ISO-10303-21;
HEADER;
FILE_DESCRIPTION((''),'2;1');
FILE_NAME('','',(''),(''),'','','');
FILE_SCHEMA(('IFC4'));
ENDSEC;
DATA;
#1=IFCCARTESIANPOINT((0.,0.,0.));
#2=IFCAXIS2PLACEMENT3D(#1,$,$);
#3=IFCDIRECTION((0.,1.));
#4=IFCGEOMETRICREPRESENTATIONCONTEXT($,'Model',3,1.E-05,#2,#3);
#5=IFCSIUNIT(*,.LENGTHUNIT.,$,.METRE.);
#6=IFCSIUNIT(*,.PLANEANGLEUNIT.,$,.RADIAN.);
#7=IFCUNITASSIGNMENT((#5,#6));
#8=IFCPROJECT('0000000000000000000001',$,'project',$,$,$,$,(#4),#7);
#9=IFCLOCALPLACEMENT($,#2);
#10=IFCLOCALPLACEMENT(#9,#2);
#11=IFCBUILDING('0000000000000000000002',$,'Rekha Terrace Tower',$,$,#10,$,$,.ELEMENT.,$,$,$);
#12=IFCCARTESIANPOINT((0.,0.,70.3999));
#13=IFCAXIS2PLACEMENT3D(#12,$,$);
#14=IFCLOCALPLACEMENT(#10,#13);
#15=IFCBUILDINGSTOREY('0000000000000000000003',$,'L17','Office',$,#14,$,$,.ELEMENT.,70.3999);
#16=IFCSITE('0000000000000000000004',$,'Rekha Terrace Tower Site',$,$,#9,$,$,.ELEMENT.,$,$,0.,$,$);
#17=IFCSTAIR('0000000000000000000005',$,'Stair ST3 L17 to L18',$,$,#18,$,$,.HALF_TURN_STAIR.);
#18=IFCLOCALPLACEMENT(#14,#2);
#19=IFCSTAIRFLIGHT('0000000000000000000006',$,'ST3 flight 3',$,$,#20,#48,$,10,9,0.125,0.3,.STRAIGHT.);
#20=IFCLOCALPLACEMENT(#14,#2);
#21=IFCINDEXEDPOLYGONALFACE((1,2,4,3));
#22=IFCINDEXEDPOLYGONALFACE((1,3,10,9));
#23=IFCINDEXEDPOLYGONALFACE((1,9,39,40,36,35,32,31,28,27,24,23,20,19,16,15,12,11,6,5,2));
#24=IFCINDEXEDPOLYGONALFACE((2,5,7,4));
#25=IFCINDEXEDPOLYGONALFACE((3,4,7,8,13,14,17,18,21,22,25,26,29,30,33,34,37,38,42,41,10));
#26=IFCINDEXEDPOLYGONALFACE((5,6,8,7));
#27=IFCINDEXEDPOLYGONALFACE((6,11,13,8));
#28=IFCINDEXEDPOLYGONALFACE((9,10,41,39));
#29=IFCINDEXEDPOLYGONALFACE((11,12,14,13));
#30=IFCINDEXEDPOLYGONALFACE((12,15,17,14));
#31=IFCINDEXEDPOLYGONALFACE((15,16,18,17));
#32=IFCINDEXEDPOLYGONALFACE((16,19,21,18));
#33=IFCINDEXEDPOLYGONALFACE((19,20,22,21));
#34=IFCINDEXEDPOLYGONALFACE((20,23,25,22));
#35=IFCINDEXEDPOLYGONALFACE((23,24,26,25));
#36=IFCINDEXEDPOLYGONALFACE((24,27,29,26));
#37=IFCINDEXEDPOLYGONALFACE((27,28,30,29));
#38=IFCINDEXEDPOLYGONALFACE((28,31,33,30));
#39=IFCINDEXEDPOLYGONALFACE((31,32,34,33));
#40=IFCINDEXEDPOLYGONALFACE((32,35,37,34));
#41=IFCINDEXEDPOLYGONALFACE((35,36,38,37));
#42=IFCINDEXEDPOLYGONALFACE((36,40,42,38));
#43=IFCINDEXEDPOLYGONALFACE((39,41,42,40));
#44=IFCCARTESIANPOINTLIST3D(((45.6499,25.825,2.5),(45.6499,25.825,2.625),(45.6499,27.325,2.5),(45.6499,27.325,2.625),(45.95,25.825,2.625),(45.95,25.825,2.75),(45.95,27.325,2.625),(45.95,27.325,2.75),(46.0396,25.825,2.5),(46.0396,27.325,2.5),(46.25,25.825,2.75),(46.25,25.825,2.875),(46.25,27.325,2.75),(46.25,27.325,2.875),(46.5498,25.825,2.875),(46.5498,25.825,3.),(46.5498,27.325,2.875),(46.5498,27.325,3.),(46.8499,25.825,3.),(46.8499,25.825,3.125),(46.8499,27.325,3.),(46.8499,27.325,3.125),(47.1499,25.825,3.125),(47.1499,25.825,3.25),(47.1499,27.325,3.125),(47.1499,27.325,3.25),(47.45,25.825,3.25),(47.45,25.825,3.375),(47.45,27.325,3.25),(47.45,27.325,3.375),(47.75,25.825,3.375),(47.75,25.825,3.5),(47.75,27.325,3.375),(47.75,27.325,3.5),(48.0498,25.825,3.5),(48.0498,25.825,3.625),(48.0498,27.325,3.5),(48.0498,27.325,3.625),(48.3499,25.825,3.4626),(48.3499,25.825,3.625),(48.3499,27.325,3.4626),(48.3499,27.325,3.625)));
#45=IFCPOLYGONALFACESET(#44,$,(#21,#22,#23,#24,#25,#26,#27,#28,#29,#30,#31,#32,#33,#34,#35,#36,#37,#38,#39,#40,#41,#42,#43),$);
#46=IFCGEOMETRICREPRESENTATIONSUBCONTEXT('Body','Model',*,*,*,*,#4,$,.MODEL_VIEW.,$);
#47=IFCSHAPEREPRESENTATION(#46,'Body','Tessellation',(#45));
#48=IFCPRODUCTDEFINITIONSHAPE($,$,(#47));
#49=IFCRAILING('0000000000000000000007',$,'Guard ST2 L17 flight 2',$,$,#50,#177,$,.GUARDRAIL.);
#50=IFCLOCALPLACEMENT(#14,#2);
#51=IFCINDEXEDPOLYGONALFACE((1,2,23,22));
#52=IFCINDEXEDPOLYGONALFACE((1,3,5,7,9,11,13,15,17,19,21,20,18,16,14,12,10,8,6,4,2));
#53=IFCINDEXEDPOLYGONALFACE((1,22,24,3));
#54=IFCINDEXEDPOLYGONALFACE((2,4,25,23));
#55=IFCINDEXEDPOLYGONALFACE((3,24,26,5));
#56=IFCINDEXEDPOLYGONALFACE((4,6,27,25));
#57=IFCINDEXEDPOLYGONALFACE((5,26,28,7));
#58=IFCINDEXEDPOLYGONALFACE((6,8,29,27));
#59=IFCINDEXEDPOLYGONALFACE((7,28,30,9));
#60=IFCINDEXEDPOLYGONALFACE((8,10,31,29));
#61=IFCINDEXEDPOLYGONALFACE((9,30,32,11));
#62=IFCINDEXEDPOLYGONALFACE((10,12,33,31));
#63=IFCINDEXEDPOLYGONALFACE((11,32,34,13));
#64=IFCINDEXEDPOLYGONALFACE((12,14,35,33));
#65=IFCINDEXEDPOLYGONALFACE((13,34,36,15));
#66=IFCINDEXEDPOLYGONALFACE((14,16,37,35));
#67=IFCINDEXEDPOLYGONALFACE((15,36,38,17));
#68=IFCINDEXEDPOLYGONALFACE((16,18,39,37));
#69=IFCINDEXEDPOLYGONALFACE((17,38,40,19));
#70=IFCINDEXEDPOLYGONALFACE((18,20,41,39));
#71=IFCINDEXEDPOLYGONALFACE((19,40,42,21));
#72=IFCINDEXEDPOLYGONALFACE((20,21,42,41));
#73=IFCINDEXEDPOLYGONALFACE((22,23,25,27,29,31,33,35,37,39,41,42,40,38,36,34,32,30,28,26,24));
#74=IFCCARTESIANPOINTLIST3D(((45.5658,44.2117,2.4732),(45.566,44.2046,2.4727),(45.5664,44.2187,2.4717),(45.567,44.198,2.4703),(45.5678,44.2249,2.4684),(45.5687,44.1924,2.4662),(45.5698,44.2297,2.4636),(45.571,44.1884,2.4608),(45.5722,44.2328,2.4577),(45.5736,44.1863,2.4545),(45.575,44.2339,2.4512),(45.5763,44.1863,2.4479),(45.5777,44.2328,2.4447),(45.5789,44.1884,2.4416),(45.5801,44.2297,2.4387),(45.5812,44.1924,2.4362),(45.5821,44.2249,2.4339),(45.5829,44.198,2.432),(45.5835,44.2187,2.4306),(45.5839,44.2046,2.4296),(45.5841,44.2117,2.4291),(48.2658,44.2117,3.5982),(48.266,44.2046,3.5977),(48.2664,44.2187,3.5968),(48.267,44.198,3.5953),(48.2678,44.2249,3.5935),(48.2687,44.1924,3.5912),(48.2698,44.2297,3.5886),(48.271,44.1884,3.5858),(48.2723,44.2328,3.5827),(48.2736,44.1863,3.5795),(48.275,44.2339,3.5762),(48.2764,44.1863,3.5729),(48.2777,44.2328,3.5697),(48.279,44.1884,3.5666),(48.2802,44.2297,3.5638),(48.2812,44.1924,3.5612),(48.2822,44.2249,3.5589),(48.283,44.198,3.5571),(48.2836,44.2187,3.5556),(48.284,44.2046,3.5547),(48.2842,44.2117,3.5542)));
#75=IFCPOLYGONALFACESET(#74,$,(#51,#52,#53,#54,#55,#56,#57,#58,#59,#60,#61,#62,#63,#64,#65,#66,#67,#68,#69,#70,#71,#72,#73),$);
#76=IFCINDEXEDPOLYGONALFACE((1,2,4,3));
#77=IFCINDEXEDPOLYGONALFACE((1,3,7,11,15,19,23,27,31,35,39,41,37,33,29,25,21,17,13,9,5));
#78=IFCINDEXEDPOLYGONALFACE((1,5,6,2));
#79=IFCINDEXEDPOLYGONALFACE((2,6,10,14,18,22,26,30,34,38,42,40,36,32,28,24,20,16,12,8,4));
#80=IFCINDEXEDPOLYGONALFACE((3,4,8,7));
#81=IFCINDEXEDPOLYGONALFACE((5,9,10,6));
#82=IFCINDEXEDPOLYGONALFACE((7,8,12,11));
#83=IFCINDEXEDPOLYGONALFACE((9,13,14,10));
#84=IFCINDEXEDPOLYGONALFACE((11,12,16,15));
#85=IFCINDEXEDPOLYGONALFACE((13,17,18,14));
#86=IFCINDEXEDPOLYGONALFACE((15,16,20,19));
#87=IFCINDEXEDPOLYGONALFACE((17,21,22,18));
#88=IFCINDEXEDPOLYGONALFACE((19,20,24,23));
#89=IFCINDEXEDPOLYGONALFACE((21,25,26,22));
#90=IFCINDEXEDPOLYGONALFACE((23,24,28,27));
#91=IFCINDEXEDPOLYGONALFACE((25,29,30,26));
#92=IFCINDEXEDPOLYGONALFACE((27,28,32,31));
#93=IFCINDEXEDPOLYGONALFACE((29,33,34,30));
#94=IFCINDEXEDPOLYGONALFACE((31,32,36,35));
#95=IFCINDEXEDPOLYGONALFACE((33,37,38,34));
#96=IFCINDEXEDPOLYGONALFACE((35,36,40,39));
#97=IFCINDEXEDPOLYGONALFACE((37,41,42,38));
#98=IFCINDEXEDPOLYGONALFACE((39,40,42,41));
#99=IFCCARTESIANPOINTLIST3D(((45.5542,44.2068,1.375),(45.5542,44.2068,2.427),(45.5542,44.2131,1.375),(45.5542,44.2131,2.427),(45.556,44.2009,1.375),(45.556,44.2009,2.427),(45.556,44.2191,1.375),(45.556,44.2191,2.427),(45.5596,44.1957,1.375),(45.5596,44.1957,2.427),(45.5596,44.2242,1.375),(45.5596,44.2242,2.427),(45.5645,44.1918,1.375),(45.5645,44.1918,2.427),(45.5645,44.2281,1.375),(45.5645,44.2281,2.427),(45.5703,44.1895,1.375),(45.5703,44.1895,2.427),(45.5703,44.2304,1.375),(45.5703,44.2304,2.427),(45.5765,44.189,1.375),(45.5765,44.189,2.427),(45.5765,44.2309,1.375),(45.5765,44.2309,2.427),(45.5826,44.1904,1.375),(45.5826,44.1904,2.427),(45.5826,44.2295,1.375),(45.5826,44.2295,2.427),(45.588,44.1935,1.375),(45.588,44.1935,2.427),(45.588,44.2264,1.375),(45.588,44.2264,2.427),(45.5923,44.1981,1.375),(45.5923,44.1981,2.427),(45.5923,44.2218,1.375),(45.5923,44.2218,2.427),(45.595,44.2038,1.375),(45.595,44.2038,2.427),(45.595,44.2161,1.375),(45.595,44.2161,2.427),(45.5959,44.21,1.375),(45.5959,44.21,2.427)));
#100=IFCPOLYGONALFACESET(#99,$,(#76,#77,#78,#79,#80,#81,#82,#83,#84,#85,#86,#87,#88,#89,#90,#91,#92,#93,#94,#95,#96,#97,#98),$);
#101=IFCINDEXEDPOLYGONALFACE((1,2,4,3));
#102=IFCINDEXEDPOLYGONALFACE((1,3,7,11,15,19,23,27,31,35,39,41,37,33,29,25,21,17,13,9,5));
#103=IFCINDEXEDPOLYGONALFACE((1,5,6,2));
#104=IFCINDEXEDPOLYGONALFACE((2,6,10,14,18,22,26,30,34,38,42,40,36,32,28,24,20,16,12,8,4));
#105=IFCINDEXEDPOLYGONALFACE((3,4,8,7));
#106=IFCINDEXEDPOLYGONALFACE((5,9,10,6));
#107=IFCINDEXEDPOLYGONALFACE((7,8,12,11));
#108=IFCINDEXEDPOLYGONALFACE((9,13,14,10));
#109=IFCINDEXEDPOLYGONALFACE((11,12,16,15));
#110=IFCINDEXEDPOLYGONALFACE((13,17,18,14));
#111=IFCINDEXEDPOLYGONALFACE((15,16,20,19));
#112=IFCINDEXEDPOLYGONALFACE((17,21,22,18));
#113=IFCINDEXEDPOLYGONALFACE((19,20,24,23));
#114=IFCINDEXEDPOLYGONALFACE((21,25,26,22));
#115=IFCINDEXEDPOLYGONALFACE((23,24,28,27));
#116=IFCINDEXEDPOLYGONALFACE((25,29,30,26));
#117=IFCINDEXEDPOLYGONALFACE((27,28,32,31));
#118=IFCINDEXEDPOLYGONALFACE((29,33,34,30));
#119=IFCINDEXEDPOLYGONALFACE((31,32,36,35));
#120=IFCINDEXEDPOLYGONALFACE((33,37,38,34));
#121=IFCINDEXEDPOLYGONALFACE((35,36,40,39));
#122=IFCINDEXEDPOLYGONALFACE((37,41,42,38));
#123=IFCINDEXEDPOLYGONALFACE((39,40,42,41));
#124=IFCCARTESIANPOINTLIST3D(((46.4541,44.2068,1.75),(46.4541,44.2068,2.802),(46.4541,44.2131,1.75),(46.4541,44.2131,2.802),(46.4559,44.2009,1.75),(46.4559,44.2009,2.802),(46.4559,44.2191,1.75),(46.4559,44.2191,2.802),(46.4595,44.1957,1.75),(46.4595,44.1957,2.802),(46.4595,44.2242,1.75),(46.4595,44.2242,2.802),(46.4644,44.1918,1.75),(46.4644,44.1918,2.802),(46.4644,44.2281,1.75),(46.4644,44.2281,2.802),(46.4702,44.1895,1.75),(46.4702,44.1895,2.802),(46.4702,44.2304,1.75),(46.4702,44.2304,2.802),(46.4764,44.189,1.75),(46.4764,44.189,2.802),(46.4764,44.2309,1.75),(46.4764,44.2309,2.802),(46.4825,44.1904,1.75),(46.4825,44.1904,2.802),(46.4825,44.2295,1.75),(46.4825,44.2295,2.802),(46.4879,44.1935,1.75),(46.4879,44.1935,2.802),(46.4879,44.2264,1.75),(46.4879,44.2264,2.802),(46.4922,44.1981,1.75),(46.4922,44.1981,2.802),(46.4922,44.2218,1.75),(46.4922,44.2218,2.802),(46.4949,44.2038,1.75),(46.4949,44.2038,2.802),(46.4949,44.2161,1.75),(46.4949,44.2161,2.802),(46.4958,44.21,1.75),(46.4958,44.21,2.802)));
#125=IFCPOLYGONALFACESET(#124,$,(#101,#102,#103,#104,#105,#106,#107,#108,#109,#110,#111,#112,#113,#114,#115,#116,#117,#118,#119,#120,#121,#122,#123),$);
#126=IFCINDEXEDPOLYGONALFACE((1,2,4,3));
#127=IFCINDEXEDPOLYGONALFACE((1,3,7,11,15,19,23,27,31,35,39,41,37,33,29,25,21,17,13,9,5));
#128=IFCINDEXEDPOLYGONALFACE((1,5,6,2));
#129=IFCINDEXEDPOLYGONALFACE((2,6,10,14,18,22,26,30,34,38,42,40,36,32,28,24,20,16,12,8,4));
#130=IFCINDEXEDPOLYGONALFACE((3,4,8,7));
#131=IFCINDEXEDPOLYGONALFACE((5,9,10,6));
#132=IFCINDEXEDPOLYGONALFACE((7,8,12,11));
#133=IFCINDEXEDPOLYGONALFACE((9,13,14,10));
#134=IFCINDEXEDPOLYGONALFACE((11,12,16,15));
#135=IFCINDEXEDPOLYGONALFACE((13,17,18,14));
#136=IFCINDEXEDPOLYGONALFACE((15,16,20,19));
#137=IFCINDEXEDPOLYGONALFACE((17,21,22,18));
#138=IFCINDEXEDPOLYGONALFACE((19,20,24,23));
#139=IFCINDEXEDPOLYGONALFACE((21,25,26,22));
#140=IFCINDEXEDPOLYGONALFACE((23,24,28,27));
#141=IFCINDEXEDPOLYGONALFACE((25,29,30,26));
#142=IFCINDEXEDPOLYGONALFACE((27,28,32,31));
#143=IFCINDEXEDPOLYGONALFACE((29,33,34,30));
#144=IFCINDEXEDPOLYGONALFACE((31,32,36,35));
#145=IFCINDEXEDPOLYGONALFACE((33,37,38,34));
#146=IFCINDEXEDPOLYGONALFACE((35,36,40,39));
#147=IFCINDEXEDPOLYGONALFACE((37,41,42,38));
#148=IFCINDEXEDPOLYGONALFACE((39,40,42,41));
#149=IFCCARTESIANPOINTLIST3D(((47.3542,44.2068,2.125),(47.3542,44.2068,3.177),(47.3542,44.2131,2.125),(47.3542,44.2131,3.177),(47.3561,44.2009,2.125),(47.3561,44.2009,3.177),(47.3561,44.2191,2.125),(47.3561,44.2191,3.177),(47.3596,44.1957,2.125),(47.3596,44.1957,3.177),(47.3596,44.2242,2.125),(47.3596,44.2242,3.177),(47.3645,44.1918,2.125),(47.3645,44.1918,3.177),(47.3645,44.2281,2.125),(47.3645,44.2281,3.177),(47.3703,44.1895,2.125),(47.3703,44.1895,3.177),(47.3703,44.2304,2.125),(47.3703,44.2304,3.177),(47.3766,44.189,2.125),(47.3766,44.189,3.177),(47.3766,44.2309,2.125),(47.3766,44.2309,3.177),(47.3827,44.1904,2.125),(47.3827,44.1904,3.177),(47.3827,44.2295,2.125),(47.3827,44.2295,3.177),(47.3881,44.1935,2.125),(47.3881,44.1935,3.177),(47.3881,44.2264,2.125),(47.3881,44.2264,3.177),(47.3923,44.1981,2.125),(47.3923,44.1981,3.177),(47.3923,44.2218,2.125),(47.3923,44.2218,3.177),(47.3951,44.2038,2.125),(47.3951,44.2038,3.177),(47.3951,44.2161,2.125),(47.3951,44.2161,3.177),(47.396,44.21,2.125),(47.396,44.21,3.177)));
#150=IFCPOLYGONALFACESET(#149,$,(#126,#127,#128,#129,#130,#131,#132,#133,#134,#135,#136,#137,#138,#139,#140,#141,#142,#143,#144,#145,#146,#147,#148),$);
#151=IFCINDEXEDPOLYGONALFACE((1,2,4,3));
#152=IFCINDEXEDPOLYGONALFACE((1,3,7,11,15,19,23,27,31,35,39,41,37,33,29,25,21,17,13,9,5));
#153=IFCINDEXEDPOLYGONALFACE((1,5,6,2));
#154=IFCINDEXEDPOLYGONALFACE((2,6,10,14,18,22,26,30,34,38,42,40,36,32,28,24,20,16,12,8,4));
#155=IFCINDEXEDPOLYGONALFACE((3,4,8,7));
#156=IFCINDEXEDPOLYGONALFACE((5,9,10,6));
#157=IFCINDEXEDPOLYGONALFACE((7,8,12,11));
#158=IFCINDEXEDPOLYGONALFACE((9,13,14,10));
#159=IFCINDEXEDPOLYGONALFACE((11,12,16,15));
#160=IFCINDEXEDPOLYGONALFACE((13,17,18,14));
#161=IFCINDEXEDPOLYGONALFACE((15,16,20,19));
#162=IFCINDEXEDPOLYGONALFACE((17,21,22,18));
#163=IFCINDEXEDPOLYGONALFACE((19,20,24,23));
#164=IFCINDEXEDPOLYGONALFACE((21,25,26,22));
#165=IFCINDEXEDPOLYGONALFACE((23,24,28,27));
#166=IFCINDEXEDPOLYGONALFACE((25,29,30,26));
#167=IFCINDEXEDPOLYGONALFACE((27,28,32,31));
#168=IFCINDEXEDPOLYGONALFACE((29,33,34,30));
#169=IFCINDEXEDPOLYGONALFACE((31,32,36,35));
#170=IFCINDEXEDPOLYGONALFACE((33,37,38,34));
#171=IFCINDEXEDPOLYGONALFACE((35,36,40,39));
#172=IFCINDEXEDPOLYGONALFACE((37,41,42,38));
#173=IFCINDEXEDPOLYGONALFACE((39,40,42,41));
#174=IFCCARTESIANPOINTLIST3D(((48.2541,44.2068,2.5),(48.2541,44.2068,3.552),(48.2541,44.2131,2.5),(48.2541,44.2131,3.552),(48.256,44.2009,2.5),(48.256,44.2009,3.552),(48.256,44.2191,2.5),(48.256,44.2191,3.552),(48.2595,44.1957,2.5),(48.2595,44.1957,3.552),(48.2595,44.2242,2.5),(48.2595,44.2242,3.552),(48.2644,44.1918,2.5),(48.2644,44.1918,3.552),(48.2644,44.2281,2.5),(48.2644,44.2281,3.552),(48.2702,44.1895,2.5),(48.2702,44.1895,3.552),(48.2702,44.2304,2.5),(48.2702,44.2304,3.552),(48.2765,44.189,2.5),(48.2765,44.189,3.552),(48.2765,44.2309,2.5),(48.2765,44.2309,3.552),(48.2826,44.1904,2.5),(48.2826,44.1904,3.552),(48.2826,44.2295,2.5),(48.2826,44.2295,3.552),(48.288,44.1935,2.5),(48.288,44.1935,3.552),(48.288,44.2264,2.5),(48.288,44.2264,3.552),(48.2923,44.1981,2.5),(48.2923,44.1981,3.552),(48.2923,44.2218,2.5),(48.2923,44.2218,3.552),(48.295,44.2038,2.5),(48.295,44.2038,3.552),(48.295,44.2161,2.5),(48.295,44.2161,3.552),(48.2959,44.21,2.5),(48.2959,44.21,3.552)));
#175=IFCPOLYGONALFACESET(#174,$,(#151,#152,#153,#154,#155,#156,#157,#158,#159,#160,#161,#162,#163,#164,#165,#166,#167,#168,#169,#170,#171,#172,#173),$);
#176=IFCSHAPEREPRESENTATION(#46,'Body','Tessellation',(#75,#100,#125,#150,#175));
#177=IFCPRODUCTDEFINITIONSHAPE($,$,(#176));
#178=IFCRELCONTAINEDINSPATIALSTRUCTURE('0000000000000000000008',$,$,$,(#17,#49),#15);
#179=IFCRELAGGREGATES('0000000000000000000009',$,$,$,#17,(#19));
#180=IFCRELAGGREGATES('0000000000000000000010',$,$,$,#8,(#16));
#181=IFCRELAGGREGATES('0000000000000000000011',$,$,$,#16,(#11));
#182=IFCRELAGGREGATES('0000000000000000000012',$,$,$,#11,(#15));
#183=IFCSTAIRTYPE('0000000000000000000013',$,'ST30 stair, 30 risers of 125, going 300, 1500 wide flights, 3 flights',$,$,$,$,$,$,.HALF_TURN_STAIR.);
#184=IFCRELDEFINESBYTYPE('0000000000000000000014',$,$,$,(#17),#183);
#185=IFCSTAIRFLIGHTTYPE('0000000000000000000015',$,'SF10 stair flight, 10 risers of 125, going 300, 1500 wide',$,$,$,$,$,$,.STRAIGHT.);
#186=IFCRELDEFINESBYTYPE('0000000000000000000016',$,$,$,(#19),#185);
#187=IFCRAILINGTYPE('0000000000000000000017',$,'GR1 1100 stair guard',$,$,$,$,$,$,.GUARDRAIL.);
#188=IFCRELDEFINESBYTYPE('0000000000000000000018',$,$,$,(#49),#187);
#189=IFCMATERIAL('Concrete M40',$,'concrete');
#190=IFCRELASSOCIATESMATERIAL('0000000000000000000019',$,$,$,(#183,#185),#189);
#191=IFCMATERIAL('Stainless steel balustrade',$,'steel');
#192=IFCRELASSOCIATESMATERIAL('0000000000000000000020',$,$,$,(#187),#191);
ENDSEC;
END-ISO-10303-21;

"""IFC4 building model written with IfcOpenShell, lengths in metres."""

from ifc_helpers import new_model, si_unit, direction, frame, origin, origin_2d, place, context, subcontext, project, spatial, polyline, circle, outline, extrude, material, type_object, element, aggregate, save


model = new_model("IFC4")

# Units and contexts
model_context = context("Model", 3, precision=1e-05, world=origin(), true_north=direction((0.0, 1.0)))
body_context = subcontext(model_context, "Body", "Model", "MODEL_VIEW")
ifc_project = project(units=[si_unit("LENGTHUNIT", "METRE"), si_unit("PLANEANGLEUNIT", "RADIAN")], contexts=[model_context])

# Site, building, storey
site_placement = place(None, origin())
site = spatial("IfcSite", under=ifc_project, at=site_placement, Name="Rekha Terrace Tower Site", CompositionType="ELEMENT", RefElevation=0.0)
building_placement = place(site_placement, origin())
building = spatial("IfcBuilding", under=site, at=building_placement, Name="Rekha Terrace Tower", CompositionType="ELEMENT")
storey_placement = place(building_placement, frame((0.0, 0.0, 70.3999)))
storey = spatial("IfcBuildingStorey", under=building, at=storey_placement, Name="L17", Description="Office", CompositionType="ELEMENT", Elevation=70.3999)

# Shared definitions
ifc_material_1 = material(Name="Concrete M40", Category="concrete")
stair_type = type_object("IfcStairType", Name="ST30 stair, 30 risers of 125, going 300, 1500 wide flights, 3 flights", PredefinedType="HALF_TURN_STAIR", material=ifc_material_1)
stair_flight_type = type_object("IfcStairFlightType", Name="SF10 stair flight, 10 risers of 125, going 300, 1500 wide", PredefinedType="STRAIGHT", material=ifc_material_1)

# Stair, stair flight
stair_1_placement = place(storey_placement, origin())
stair_1 = element("IfcStair", 1, at=stair_1_placement, inside=storey, type_object=stair_type, Name="Stair ST3 L17 to L18", PredefinedType="HALF_TURN_STAIR")
stair_flight_1_placement = place(storey_placement, frame((45.6499, 26.575, 2.5), z_axis=(0.0, 0.0, 1.0), x_axis=(1.0, 0.0, 0.0)))
stair_flight_1 = element("IfcStairFlight", 2, at=stair_flight_1_placement, type_object=stair_flight_type, Name="ST3 flight 3", NumberOfRisers=10, NumberOfTreads=9, PredefinedType="STRAIGHT", RiserHeight=0.125, TreadLength=0.3, context=body_context, shape_type="SweptSolid", body=[
    extrude(outline(polyline([(0.0, 0.0), (0.0, 0.125), (0.3, 0.125), (0.3, 0.25), (0.6001, 0.25), (0.6001, 0.375), (0.8999, 0.375), (0.8999, 0.5), (1.2, 0.5), (1.2, 0.625), (1.5, 0.625), (1.5, 0.75), (1.8, 0.75), (1.8, 0.875), (2.1001, 0.875), (2.1001, 1.0), (2.3999, 1.0), (2.3999, 1.125), (2.7, 1.125), (2.7, 1.25), (2.7, 0.9626), (0.3896, 0.0), (0.0, 0.0)])), frame((0.0, 0.75, 0.0), z_axis=(0.0, -1.0, 0.0), x_axis=(1.0, 0.0, 0.0)), (0.0, 0.0, 1.0), 1.5),
])
aggregate(stair_1, [stair_flight_1])

# Railing
ifc_material_2 = material(Name="Stainless steel balustrade", Category="steel")
railing_type_1 = type_object("IfcRailingType", Name="GR1 1100 stair guard", PredefinedType="GUARDRAIL", material=ifc_material_2)
railing_1_placement = place(storey_placement, frame((45.575, 44.21, 1.375)))
element("IfcRailing", 3, at=railing_1_placement, inside=storey, type_object=railing_type_1, Name="Guard ST2 L17 flight 2", PredefinedType="GUARDRAIL", context=body_context, shape_type="SweptSolid", body=[
    extrude(circle(Radius=0.0239, at=origin_2d()), frame((0.0, 0.0, 1.0762), z_axis=(0.923074, 0.0, 0.384621), x_axis=(0.0, 1.0, 0.0)), (0.0, 0.0, 1.0), 2.925),
    extrude(circle(Radius=0.021, at=origin_2d()), origin(), (0.0, 0.0, 1.0), 1.052),
    extrude(circle(Radius=0.021, at=origin_2d()), frame((0.8999, 0.0, 0.375)), (0.0, 0.0, 1.0), 1.052),
    extrude(circle(Radius=0.021, at=origin_2d()), frame((1.8, 0.0, 0.75)), (0.0, 0.0, 1.0), 1.052),
    extrude(circle(Radius=0.021, at=origin_2d()), frame((2.7, 0.0, 1.125)), (0.0, 0.0, 1.0), 1.052),
])

save(model, "model.ifc")
